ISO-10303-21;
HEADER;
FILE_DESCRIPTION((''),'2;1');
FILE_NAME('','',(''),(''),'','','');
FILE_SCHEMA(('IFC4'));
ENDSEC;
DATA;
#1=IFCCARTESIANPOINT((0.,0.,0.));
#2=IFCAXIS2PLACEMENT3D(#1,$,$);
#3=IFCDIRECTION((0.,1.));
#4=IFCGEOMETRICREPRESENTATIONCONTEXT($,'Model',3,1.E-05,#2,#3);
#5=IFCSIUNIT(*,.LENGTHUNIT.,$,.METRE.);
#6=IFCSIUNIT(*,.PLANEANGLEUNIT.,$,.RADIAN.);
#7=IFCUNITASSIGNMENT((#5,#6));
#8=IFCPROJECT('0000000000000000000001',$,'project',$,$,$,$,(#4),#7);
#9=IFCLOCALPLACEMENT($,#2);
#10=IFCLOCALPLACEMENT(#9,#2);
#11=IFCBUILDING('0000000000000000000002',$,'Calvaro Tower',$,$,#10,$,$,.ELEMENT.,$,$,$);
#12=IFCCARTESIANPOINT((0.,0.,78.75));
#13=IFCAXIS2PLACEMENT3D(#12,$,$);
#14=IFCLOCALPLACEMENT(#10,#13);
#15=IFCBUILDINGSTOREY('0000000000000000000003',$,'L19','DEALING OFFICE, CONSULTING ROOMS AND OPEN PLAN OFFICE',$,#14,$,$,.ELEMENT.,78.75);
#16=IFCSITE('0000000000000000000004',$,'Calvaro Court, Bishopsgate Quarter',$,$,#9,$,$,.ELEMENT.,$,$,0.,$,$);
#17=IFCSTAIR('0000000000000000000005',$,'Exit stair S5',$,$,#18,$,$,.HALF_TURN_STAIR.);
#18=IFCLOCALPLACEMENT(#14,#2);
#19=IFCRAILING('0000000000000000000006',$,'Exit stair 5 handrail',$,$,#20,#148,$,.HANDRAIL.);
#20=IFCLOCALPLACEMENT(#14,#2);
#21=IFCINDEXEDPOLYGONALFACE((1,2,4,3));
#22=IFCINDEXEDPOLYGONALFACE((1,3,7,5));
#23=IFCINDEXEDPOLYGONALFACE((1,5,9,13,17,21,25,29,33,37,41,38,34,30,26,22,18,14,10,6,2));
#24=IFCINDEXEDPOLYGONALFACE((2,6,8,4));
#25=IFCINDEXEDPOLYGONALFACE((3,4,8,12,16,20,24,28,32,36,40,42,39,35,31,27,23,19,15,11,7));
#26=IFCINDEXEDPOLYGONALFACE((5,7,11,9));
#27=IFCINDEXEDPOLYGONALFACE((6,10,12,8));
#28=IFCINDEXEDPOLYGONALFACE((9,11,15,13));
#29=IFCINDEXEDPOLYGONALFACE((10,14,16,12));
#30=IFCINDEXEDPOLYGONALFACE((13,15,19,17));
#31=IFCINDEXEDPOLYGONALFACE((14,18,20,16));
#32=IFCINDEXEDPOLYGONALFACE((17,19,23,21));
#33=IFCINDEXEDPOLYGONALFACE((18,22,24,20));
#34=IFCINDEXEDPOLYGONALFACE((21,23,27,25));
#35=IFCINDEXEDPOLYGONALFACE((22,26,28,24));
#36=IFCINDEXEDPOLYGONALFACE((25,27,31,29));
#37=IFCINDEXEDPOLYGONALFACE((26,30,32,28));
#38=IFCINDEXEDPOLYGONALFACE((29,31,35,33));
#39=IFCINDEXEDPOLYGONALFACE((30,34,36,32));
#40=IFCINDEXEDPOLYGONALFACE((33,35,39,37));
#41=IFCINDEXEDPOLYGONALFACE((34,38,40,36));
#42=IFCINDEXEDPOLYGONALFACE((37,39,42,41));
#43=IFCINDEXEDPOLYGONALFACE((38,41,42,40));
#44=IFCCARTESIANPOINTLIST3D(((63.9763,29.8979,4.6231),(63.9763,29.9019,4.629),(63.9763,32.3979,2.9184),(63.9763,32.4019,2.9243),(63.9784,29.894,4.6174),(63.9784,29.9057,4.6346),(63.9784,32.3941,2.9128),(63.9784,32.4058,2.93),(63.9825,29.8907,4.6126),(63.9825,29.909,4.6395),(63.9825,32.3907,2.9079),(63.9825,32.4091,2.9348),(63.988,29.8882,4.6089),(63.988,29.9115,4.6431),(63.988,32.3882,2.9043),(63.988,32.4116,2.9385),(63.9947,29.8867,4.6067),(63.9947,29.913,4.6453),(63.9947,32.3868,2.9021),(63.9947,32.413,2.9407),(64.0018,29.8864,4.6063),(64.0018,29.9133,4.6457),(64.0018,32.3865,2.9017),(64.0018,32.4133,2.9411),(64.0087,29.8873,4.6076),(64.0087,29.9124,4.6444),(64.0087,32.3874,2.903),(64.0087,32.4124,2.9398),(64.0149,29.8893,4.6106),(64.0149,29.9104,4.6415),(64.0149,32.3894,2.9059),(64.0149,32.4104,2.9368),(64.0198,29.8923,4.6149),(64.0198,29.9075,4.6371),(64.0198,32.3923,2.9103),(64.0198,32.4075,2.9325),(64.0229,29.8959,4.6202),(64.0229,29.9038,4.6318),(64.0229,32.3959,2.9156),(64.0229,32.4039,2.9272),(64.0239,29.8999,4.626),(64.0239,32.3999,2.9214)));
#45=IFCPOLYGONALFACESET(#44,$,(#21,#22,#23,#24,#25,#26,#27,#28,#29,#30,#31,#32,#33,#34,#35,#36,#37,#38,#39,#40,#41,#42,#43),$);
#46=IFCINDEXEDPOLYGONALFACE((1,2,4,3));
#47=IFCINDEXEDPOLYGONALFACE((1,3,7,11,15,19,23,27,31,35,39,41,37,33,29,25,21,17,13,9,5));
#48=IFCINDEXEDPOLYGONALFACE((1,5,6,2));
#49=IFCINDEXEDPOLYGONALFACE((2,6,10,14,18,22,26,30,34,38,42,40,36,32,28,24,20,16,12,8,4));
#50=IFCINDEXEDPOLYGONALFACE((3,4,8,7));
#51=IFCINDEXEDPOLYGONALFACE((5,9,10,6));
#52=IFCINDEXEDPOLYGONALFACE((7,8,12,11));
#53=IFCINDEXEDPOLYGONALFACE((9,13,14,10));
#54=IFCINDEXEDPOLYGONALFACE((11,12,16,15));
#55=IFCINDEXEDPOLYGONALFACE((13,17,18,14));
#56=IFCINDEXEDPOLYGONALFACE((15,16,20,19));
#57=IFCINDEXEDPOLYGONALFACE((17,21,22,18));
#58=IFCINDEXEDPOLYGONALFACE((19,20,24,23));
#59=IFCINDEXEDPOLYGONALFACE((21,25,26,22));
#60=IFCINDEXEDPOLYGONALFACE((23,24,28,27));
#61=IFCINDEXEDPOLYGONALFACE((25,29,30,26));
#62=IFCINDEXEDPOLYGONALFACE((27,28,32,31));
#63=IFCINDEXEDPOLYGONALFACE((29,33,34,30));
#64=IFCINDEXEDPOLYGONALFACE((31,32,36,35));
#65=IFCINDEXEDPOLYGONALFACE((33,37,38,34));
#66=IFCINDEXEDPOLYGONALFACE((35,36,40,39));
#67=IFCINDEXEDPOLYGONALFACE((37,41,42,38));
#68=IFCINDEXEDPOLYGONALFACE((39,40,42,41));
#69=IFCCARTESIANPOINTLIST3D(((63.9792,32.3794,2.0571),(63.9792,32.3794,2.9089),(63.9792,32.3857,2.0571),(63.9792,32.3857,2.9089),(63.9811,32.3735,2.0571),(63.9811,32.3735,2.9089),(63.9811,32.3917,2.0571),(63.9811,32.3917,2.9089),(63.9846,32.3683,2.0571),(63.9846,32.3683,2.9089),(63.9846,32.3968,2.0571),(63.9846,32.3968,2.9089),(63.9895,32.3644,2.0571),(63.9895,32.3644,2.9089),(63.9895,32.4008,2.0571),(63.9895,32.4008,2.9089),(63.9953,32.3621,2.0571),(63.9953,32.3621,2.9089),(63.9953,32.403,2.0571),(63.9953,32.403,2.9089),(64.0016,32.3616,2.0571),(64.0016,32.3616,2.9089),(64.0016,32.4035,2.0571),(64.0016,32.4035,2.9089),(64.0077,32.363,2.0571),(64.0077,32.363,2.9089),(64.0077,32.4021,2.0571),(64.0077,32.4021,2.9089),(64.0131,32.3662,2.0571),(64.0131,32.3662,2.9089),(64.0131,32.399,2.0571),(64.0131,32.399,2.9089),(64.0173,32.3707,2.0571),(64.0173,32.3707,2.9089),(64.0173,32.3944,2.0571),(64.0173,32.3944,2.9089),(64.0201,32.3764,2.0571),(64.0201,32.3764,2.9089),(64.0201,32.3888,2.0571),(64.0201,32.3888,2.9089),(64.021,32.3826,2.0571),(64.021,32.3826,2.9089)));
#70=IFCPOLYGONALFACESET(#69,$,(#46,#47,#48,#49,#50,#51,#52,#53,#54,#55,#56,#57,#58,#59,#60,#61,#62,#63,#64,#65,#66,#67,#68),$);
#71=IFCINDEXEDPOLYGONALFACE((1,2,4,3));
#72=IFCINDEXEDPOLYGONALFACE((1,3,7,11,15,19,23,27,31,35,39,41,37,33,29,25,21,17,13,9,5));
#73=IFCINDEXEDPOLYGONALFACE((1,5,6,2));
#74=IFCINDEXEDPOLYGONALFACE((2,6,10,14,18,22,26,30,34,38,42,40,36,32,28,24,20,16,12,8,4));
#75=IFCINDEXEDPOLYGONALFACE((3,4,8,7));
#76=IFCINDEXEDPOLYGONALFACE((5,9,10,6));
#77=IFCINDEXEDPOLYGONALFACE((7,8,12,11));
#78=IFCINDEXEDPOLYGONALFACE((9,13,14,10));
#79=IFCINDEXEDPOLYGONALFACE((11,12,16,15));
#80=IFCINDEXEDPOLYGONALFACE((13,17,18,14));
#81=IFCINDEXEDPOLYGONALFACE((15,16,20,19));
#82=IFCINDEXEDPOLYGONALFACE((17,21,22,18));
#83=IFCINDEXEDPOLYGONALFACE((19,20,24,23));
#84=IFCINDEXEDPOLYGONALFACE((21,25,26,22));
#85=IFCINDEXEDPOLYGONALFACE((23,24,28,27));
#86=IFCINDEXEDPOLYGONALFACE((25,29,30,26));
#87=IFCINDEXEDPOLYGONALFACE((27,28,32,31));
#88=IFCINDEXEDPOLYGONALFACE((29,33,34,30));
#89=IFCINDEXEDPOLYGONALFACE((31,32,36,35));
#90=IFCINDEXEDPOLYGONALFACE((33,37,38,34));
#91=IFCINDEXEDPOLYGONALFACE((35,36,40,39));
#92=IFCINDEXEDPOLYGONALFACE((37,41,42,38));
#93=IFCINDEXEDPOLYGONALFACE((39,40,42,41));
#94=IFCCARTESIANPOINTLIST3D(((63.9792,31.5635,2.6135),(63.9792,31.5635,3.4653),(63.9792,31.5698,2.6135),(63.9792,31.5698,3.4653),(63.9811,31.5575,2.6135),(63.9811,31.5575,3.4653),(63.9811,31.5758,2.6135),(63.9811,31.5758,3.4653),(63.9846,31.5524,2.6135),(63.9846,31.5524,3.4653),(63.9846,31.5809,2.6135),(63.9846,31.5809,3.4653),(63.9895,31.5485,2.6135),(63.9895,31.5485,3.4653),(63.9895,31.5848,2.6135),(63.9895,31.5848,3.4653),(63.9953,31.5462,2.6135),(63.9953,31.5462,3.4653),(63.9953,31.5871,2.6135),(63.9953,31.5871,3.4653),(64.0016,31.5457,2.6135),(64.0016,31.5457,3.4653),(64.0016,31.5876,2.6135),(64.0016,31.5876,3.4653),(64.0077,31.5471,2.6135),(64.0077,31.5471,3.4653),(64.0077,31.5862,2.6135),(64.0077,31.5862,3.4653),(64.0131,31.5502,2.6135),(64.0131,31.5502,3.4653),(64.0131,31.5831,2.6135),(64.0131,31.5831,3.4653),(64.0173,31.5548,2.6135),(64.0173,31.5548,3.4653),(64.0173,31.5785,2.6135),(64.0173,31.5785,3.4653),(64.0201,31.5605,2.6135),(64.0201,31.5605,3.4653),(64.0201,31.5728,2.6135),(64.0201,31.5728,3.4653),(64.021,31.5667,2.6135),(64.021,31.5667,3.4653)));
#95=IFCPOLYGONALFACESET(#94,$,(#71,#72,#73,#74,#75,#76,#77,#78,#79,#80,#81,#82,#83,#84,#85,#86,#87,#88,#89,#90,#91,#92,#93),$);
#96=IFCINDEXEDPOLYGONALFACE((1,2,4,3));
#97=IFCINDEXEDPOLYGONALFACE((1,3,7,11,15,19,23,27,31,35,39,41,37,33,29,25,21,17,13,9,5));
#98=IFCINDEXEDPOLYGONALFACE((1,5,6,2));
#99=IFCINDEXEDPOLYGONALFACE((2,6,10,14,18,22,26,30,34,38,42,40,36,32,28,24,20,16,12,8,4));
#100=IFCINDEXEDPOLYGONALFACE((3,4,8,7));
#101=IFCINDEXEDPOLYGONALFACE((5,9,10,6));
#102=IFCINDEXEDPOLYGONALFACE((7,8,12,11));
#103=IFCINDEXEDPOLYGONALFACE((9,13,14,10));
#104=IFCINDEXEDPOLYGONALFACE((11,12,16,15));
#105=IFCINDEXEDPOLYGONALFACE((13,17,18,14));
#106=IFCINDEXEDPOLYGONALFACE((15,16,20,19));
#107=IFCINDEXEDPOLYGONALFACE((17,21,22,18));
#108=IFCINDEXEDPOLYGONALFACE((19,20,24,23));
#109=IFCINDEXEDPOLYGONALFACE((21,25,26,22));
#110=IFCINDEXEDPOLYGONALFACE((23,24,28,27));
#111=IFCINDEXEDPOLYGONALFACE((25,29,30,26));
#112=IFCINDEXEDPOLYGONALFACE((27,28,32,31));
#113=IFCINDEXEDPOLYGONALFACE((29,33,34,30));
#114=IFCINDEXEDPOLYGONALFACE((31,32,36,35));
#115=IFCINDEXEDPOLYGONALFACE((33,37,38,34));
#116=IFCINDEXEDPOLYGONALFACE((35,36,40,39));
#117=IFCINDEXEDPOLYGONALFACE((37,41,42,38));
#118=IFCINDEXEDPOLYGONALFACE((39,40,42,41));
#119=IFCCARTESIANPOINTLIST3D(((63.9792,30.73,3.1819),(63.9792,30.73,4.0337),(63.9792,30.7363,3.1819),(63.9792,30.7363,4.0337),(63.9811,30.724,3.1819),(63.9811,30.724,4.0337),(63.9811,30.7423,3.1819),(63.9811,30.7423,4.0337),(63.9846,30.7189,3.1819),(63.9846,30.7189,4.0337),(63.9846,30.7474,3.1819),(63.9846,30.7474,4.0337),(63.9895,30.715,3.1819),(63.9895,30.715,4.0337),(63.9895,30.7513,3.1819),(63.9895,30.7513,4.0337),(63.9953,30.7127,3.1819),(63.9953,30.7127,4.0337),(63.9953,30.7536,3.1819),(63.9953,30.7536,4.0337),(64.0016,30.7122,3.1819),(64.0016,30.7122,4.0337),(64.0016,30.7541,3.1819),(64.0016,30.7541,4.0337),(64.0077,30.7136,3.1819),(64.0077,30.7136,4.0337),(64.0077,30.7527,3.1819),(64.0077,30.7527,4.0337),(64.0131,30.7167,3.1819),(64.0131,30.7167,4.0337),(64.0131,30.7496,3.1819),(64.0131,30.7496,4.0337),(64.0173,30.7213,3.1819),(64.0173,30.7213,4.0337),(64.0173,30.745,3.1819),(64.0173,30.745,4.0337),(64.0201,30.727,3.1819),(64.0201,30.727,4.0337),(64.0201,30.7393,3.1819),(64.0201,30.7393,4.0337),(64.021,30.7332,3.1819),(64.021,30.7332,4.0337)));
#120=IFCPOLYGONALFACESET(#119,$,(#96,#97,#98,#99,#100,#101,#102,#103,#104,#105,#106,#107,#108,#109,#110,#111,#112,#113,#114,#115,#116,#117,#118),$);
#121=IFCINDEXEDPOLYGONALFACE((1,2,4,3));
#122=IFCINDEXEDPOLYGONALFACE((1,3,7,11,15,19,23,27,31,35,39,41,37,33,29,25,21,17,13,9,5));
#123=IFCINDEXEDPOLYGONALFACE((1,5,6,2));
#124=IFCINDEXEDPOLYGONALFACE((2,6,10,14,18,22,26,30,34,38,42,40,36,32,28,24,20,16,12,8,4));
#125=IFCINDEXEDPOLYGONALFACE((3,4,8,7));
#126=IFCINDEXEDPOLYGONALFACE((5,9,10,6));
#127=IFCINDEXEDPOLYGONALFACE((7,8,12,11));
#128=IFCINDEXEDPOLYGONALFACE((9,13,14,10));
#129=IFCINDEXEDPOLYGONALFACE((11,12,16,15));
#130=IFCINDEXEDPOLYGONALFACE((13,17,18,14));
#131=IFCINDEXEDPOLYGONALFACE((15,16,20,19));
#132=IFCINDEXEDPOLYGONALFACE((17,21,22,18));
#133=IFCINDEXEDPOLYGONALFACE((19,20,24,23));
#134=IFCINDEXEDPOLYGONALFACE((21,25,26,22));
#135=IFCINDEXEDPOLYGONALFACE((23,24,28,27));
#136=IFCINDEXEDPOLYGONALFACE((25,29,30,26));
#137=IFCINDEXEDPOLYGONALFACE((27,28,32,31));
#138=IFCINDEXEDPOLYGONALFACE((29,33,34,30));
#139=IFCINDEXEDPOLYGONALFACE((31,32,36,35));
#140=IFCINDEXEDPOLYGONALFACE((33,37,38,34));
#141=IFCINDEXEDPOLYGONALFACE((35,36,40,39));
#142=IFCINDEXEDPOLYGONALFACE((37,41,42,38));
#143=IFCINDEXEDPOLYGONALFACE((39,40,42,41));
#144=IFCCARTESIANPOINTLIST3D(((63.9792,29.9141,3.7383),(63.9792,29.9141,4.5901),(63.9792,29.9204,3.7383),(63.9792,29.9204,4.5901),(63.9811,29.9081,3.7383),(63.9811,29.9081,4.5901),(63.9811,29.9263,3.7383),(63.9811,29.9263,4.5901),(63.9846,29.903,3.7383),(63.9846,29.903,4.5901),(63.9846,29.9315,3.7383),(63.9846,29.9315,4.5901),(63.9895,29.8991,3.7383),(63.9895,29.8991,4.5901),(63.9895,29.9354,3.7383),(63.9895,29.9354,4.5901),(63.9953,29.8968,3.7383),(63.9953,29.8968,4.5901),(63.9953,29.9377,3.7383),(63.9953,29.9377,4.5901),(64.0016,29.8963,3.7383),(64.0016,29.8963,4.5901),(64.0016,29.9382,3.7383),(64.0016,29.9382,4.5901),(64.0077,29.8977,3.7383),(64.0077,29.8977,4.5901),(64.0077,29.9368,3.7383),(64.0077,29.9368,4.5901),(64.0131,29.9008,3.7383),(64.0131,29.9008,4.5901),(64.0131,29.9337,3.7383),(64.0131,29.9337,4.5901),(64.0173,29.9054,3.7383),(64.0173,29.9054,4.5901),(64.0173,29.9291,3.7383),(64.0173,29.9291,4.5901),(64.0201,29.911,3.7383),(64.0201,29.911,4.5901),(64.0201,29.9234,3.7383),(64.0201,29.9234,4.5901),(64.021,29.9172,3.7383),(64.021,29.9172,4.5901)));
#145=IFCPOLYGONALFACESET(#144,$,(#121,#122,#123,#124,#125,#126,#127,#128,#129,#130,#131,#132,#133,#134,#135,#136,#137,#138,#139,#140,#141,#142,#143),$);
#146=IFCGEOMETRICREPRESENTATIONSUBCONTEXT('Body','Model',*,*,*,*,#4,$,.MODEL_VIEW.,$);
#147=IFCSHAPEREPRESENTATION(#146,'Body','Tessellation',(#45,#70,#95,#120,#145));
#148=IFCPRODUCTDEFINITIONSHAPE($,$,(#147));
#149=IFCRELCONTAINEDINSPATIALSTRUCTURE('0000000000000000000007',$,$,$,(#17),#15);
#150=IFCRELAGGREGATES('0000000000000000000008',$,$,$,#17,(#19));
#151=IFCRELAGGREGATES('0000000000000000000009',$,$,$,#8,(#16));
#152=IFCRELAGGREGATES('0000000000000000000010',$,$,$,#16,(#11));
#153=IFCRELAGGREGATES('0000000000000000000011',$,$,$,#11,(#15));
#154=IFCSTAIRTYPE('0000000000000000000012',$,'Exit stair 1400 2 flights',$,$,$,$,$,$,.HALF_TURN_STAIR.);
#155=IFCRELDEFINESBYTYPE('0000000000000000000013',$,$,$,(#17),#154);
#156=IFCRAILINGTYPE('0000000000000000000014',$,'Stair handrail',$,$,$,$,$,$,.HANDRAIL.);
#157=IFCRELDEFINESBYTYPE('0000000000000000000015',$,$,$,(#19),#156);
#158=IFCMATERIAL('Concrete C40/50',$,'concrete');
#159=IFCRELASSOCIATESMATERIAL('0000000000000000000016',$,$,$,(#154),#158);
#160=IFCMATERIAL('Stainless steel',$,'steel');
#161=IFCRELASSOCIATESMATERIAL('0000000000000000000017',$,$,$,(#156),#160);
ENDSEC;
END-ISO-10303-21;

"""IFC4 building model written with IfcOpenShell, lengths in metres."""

from ifc_helpers import new_model, si_unit, direction, frame, origin, origin_2d, place, context, subcontext, project, spatial, circle, extrude, material, type_object, element, aggregate, save


model = new_model("IFC4")

# Units and contexts
model_context = context("Model", 3, precision=1e-05, world=origin(), true_north=direction((0.0, 1.0)))
body_context = subcontext(model_context, "Body", "Model", "MODEL_VIEW")
ifc_project = project(units=[si_unit("LENGTHUNIT", "METRE"), si_unit("PLANEANGLEUNIT", "RADIAN")], contexts=[model_context])

# Site, building, storey
site_placement = place(None, origin())
site = spatial("IfcSite", under=ifc_project, at=site_placement, Name="Calvaro Court, Bishopsgate Quarter", CompositionType="ELEMENT", RefElevation=0.0)
building_placement = place(site_placement, origin())
building = spatial("IfcBuilding", under=site, at=building_placement, Name="Calvaro Tower", CompositionType="ELEMENT")
storey_placement = place(building_placement, frame((0.0, 0.0, 78.75)))
storey = spatial("IfcBuildingStorey", under=building, at=storey_placement, Name="L19", Description="DEALING OFFICE, CONSULTING ROOMS AND OPEN PLAN OFFICE", CompositionType="ELEMENT", Elevation=78.75)

# Stair
ifc_material_1 = material(Name="Concrete C40/50", Category="concrete")
stair_type = type_object("IfcStairType", Name="Exit stair 1400 2 flights", PredefinedType="HALF_TURN_STAIR", material=ifc_material_1)
stair_1_placement = place(storey_placement, origin())
stair_1 = element("IfcStair", 1, at=stair_1_placement, inside=storey, type_object=stair_type, Name="Exit stair S5", PredefinedType="HALF_TURN_STAIR")

# Shared definitions
ifc_material_2 = material(Name="Stainless steel", Category="steel")
railing_type = type_object("IfcRailingType", Name="Stair handrail", PredefinedType="HANDRAIL", material=ifc_material_2)

# Railing
railing_1_placement = place(storey_placement, frame((64.0, 32.3999, 2.0454)))
railing_1 = element("IfcRailing", 2, at=railing_1_placement, type_object=railing_type, Name="Exit stair 5 handrail", PredefinedType="HANDRAIL", context=body_context, shape_type="SweptSolid", body=[
    extrude(circle(Radius=0.0239, at=origin_2d()), frame((0.0, 0.0, 0.876), z_axis=(0.0, -0.826221, 0.563347), x_axis=(1.0, 0.0, 0.0)), (0.0, 0.0, 1.0), 3.0259),
    extrude(circle(Radius=0.021, at=origin_2d()), frame((0.0, -0.0173, 0.0117)), (0.0, 0.0, 1.0), 0.8518),
    extrude(circle(Radius=0.021, at=origin_2d()), frame((0.0, -0.8333, 0.5681)), (0.0, 0.0, 1.0), 0.8518),
    extrude(circle(Radius=0.021, at=origin_2d()), frame((0.0, -1.6667, 1.1365)), (0.0, 0.0, 1.0), 0.8518),
    extrude(circle(Radius=0.021, at=origin_2d()), frame((0.0, -2.4827, 1.6929)), (0.0, 0.0, 1.0), 0.8518),
])
aggregate(stair_1, [railing_1])

save(model, "model.ifc")
